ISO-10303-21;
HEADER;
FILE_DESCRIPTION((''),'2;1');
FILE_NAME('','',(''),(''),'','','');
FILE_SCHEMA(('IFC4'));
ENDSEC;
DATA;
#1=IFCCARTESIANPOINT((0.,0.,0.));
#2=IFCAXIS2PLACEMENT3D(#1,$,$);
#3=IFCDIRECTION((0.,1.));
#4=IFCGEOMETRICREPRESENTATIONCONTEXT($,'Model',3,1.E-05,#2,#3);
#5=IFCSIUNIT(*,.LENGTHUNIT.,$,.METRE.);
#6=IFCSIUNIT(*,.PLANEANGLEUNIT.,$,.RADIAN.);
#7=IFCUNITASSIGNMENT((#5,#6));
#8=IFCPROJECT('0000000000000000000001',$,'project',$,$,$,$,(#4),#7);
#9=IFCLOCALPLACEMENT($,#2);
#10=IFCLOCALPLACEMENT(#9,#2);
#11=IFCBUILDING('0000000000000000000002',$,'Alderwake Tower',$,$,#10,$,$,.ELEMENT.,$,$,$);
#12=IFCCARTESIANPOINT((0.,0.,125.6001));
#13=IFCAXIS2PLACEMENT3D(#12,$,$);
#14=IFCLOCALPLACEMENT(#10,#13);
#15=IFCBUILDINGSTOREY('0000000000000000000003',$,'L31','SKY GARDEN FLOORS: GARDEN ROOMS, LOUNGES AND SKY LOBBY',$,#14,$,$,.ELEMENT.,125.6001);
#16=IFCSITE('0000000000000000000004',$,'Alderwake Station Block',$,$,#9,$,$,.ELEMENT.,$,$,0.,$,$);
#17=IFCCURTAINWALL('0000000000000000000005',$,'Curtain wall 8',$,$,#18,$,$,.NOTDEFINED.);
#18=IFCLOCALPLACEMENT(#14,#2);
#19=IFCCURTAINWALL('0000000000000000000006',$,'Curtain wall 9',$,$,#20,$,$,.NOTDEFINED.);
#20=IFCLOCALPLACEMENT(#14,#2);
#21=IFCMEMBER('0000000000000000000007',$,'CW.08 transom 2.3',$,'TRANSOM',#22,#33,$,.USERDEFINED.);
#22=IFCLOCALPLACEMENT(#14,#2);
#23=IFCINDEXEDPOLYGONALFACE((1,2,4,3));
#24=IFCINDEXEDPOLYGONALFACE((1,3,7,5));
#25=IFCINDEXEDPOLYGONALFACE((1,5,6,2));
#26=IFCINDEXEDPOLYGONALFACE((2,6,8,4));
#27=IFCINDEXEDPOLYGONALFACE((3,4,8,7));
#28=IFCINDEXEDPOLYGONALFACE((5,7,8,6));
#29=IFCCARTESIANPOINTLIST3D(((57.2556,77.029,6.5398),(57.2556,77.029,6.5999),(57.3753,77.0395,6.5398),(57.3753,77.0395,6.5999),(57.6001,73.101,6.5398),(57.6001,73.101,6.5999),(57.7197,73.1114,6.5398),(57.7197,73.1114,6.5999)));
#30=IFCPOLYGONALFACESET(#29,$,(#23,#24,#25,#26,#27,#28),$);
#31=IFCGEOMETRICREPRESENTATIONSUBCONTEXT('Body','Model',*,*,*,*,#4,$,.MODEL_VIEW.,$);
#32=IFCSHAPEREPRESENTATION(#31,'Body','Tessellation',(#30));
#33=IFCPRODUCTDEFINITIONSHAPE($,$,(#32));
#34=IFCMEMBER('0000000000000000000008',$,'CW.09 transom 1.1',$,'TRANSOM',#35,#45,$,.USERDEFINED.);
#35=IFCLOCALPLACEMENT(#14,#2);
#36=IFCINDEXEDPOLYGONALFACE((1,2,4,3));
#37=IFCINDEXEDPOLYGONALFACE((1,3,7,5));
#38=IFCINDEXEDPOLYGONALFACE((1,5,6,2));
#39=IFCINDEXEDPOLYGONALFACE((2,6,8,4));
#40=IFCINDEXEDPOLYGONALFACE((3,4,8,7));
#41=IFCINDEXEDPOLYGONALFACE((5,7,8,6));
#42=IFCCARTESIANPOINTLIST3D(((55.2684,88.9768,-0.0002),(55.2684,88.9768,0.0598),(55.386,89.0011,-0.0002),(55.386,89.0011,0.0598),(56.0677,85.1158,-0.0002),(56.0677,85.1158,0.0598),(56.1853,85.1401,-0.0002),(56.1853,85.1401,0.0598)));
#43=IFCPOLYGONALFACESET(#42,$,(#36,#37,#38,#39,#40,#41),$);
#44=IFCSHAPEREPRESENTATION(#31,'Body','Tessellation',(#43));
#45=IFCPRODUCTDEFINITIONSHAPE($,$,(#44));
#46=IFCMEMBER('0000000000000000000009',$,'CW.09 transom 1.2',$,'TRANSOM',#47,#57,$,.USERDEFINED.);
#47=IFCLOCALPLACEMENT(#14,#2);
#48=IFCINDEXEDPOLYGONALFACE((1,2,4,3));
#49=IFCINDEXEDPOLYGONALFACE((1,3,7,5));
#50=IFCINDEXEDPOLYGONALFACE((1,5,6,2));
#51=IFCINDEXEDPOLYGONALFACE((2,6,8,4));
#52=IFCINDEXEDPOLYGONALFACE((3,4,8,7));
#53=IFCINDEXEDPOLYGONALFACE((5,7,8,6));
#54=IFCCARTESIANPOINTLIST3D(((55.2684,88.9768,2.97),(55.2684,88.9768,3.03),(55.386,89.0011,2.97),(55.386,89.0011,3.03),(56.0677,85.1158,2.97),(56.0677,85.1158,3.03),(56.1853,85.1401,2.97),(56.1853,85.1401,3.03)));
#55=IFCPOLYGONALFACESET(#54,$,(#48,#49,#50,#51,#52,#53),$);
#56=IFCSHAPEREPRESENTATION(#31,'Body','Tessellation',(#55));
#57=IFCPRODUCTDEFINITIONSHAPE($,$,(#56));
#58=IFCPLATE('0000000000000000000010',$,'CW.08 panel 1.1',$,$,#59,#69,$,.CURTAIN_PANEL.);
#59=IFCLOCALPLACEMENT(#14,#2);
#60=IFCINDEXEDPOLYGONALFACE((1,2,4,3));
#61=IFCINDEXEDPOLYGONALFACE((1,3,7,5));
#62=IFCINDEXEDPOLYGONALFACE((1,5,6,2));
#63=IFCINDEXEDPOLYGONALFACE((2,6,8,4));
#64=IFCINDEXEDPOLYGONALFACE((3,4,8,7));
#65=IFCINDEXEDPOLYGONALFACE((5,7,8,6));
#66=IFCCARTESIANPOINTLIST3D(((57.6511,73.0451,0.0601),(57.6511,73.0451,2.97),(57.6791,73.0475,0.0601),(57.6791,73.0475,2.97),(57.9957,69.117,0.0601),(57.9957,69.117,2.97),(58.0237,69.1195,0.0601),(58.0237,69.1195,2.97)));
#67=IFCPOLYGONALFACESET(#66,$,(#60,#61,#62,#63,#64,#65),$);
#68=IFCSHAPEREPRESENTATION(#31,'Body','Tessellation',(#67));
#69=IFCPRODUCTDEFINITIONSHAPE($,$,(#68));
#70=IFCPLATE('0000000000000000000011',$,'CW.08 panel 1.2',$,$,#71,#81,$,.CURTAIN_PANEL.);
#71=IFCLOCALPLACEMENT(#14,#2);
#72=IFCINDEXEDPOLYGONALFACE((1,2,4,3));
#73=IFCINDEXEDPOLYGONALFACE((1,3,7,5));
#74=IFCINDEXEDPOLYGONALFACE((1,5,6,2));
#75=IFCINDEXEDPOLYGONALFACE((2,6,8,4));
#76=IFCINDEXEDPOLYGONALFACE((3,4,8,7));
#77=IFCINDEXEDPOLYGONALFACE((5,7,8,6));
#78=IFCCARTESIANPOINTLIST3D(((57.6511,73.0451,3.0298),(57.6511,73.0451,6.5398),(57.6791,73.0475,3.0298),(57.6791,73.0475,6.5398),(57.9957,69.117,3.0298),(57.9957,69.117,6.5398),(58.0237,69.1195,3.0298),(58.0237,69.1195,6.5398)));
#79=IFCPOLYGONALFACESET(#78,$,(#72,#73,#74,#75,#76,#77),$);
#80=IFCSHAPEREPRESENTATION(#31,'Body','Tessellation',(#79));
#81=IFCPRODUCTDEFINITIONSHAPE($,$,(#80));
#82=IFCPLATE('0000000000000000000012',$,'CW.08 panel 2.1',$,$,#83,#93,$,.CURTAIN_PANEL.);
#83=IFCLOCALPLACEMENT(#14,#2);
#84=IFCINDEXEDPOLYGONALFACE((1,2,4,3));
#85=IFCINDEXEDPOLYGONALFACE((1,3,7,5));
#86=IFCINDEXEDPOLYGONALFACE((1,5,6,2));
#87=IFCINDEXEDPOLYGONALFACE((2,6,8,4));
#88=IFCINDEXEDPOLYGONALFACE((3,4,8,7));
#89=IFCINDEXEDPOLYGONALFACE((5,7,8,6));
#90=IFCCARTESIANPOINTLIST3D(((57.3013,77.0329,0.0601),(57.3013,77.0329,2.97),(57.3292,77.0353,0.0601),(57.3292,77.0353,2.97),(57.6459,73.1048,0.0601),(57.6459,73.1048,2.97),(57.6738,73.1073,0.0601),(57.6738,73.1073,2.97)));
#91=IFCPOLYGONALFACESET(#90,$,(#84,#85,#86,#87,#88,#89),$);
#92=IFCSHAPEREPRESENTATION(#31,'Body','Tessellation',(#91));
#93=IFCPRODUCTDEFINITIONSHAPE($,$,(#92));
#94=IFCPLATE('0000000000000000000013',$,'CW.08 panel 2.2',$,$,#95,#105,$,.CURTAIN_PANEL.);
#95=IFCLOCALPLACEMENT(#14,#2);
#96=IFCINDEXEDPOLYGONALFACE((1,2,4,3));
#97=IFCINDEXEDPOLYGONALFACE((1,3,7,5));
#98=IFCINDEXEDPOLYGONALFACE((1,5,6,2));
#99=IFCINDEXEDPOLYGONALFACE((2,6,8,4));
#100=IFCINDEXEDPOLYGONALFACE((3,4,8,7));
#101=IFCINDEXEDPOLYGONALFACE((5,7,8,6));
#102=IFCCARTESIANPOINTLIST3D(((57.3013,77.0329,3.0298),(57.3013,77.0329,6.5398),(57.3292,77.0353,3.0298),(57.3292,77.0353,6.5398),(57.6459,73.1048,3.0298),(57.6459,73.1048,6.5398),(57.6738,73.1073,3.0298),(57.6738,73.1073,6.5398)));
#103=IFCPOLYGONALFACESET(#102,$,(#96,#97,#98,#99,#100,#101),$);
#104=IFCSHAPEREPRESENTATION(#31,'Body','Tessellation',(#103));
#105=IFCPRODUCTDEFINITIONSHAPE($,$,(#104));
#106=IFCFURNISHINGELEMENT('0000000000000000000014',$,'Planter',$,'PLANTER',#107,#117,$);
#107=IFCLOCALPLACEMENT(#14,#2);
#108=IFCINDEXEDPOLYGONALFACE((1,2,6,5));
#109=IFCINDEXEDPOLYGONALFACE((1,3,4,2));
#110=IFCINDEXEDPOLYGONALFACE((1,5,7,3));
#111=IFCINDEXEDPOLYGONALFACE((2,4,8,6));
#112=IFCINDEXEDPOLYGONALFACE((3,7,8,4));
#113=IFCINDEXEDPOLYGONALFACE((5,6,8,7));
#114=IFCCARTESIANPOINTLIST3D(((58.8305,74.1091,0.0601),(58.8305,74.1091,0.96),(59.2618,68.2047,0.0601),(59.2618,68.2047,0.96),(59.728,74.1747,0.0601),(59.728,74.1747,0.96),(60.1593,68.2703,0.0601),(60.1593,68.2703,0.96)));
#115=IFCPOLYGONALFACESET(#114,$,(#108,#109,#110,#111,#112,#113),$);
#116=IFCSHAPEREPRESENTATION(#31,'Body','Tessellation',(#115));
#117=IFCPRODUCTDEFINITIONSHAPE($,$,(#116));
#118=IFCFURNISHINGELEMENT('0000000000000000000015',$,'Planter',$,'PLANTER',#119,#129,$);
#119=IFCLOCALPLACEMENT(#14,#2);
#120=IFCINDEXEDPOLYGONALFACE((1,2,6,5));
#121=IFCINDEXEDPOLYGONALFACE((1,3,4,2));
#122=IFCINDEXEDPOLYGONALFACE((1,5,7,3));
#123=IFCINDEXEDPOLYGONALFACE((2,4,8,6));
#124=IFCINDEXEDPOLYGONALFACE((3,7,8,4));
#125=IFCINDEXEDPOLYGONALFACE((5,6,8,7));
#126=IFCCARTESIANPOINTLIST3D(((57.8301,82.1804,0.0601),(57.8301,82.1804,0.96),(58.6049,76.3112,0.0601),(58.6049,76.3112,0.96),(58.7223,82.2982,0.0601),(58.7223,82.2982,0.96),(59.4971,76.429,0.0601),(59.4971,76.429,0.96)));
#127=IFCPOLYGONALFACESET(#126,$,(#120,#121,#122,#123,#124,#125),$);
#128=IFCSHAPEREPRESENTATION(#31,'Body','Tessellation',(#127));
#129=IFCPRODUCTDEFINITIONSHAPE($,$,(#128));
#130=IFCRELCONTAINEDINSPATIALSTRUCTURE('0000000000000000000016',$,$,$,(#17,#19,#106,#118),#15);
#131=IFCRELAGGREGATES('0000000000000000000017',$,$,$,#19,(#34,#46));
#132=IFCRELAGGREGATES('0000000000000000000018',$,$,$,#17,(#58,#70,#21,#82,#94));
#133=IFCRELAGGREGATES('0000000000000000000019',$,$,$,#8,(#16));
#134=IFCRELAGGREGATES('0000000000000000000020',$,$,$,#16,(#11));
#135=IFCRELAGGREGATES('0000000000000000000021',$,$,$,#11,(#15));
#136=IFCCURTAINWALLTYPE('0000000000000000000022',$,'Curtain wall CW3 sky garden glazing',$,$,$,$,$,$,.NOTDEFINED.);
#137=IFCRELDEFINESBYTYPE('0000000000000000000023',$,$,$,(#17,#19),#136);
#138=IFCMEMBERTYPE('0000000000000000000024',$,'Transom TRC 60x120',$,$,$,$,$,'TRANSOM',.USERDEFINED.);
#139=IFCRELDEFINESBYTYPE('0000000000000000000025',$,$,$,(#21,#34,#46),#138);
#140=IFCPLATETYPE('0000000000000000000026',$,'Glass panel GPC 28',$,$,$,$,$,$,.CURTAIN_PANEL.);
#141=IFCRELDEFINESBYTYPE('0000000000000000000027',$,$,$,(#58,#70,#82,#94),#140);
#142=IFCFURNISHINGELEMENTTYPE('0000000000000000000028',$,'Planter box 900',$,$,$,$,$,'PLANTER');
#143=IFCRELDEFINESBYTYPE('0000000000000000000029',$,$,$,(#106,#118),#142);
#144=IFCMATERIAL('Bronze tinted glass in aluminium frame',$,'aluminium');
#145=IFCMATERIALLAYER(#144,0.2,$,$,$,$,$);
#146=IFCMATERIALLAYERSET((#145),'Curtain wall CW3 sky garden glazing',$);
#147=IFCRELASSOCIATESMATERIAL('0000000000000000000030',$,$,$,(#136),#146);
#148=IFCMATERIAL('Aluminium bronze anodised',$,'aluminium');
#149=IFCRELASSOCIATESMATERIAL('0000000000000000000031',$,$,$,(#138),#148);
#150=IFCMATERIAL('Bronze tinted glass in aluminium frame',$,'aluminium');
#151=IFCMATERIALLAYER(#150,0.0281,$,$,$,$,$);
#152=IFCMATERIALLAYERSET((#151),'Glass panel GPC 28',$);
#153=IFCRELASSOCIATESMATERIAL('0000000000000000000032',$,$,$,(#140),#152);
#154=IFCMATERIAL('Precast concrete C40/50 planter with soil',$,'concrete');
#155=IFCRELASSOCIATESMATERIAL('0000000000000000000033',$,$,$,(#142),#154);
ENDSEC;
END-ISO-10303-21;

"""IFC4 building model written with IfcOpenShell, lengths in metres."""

from ifc_helpers import new_model, si_unit, direction, frame, origin, origin_2d, place, context, subcontext, project, spatial, rectangle, extrude, material, layer, layer_set, material_profile, profile_set, type_object, element, aggregate, save


model = new_model("IFC4")

# Units and contexts
model_context = context("Model", 3, precision=1e-05, world=origin(), true_north=direction((0.0, 1.0)))
body_context = subcontext(model_context, "Body", "Model", "MODEL_VIEW")
ifc_project = project(units=[si_unit("LENGTHUNIT", "METRE"), si_unit("PLANEANGLEUNIT", "RADIAN")], contexts=[model_context])

# Site, building, storey
site_placement = place(None, origin())
site = spatial("IfcSite", under=ifc_project, at=site_placement, Name="Alderwake Station Block", CompositionType="ELEMENT", RefElevation=0.0)
building_placement = place(site_placement, origin())
building = spatial("IfcBuilding", under=site, at=building_placement, Name="Alderwake Tower", CompositionType="ELEMENT")
storey_placement = place(building_placement, frame((0.0, 0.0, 125.6001)))
storey = spatial("IfcBuildingStorey", under=building, at=storey_placement, Name="L31", Description="SKY GARDEN FLOORS: GARDEN ROOMS, LOUNGES AND SKY LOBBY", CompositionType="ELEMENT", Elevation=125.6001)

# Curtain wall
ifc_material_1 = material(Name="Bronze tinted glass in aluminium frame", Category="aluminium")
ifc_layer_1 = layer(ifc_material_1, 0.2)
ifc_layer_set_1 = layer_set([ifc_layer_1], Name="Curtain wall CW3 sky garden glazing")
curtain_wall_type = type_object("IfcCurtainWallType", Name="Curtain wall CW3 sky garden glazing", PredefinedType="NOTDEFINED", material=ifc_layer_set_1)
curtain_wall_1_placement = place(storey_placement, origin())
curtain_wall_1 = element("IfcCurtainWall", 1, at=curtain_wall_1_placement, inside=storey, type_object=curtain_wall_type, Name="Curtain wall 8", PredefinedType="NOTDEFINED")

# Curtain wall
curtain_wall_2_placement = place(storey_placement, origin())
curtain_wall_2 = element("IfcCurtainWall", 2, at=curtain_wall_2_placement, inside=storey, type_object=curtain_wall_type, Name="Curtain wall 9", PredefinedType="NOTDEFINED")

# Members
ifc_material_2 = material(Name="Aluminium bronze anodised", Category="aluminium")
ifc_material_profile_1 = material_profile(ifc_material_2, rectangle(XDim=0.1201, YDim=0.0601, at=origin_2d()), Name="Transom TRC 60x120")
ifc_profile_set_1 = profile_set([ifc_material_profile_1], Name="Aluminium bronze anodised")
member_type_1 = type_object("IfcMemberType", Name="Transom TRC 60x120", ElementType="TRANSOM", PredefinedType="USERDEFINED", material=ifc_profile_set_1)
member_1_placement = place(storey_placement, frame((57.6599, 73.1062, 6.5698), z_axis=(-0.087364, 0.996176, 0.0), x_axis=(-0.996176, -0.087364, 0.0)))
member_1 = element("IfcMember", 3, at=member_1_placement, type_object=member_type_1, Name="CW.08 transom 2.3", ObjectType="TRANSOM", PredefinedType="USERDEFINED", context=body_context, shape_type="SweptSolid", body=[
    extrude(rectangle(XDim=0.1201, YDim=0.0601, at=origin_2d()), origin(), (0.0, 0.0, 1.0), 3.9431),
])
member_2_placement = place(storey_placement, frame((56.1265, 85.1279, 0.0298), z_axis=(-0.20272, 0.979237, 0.0), x_axis=(-0.979237, -0.20272, 0.0)))
member_2 = element("IfcMember", 4, at=member_2_placement, type_object=member_type_1, Name="CW.09 transom 1.1", ObjectType="TRANSOM", PredefinedType="USERDEFINED", context=body_context, shape_type="SweptSolid", body=[
    extrude(rectangle(XDim=0.1201, YDim=0.0601, at=origin_2d()), origin(), (0.0, 0.0, 1.0), 3.9429),
])
member_3_placement = place(storey_placement, frame((56.1265, 85.1279, 3.0), z_axis=(-0.20272, 0.979237, 0.0), x_axis=(-0.979237, -0.20272, 0.0)))
member_3 = element("IfcMember", 5, at=member_3_placement, type_object=member_type_1, Name="CW.09 transom 1.2", ObjectType="TRANSOM", PredefinedType="USERDEFINED", context=body_context, shape_type="SweptSolid", body=[
    extrude(rectangle(XDim=0.1201, YDim=0.0601, at=origin_2d()), origin(), (0.0, 0.0, 1.0), 3.9429),
])
aggregate(curtain_wall_2, [member_2, member_3])

# Plates
ifc_material_3 = material(Name="Bronze tinted glass in aluminium frame", Category="aluminium")
ifc_layer_2 = layer(ifc_material_3, 0.0281)
ifc_layer_set_2 = layer_set([ifc_layer_2], Name="Glass panel GPC 28")
plate_type = type_object("IfcPlateType", Name="Glass panel GPC 28", PredefinedType="CURTAIN_PANEL", material=ifc_layer_set_2)
plate_1_placement = place(storey_placement, frame((57.8374, 71.0823, 0.0601), z_axis=(0.0, 0.0, 1.0), x_axis=(-0.087388, 0.996174, 0.0)))
plate_1 = element("IfcPlate", 6, at=plate_1_placement, type_object=plate_type, Name="CW.08 panel 1.1", PredefinedType="CURTAIN_PANEL", context=body_context, shape_type="SweptSolid", body=[
    extrude(rectangle(XDim=3.9431, YDim=0.0281, at=origin_2d()), origin(), (0.0, 0.0, 1.0), 2.9099),
])
plate_2_placement = place(storey_placement, frame((57.8374, 71.0823, 3.0298), z_axis=(0.0, 0.0, 1.0), x_axis=(-0.087388, 0.996174, 0.0)))
plate_2 = element("IfcPlate", 7, at=plate_2_placement, type_object=plate_type, Name="CW.08 panel 1.2", PredefinedType="CURTAIN_PANEL", context=body_context, shape_type="SweptSolid", body=[
    extrude(rectangle(XDim=3.9431, YDim=0.0281, at=origin_2d()), origin(), (0.0, 0.0, 1.0), 3.51),
])
plate_3_placement = place(storey_placement, frame((57.4875, 75.0701, 0.0601), z_axis=(0.0, 0.0, 1.0), x_axis=(-0.087388, 0.996174, 0.0)))
plate_3 = element("IfcPlate", 8, at=plate_3_placement, type_object=plate_type, Name="CW.08 panel 2.1", PredefinedType="CURTAIN_PANEL", context=body_context, shape_type="SweptSolid", body=[
    extrude(rectangle(XDim=3.9431, YDim=0.0281, at=origin_2d()), origin(), (0.0, 0.0, 1.0), 2.9099),
])
plate_4_placement = place(storey_placement, frame((57.4875, 75.0701, 3.0298), z_axis=(0.0, 0.0, 1.0), x_axis=(-0.087388, 0.996174, 0.0)))
plate_4 = element("IfcPlate", 9, at=plate_4_placement, type_object=plate_type, Name="CW.08 panel 2.2", PredefinedType="CURTAIN_PANEL", context=body_context, shape_type="SweptSolid", body=[
    extrude(rectangle(XDim=3.9431, YDim=0.0281, at=origin_2d()), origin(), (0.0, 0.0, 1.0), 3.51),
])
aggregate(curtain_wall_1, [plate_1, plate_2, member_1, plate_3, plate_4])

# Furnishing elements
ifc_material_4 = material(Name="Precast concrete C40/50 planter with soil", Category="concrete")
furnishing_element_type = type_object("IfcFurnishingElementType", Name="Planter box 900", ElementType="PLANTER", material=ifc_material_4)
for number, where, z_axis, x_axis, name in (
    (10, (59.4949, 71.1897, 0.0601), (0.0, 0.0, 1.0), (0.997343, 0.072852, 0.0), "Planter"),
    (11, (58.6636, 79.3047, 0.0601), (0.0, 0.0, 1.0), (0.991399, 0.130874, 0.0), "Planter"),
):
    element("IfcFurnishingElement", number, at=place(storey_placement, frame(where, z_axis=z_axis, x_axis=x_axis)), inside=storey, type_object=furnishing_element_type, Name=name, ObjectType="PLANTER", context=body_context, shape_type="SweptSolid", body=[
        extrude(rectangle(XDim=0.8999, YDim=5.9202, at=origin_2d()), origin(), (0.0, 0.0, 1.0), 0.8999),
    ])

save(model, "model.ifc")
